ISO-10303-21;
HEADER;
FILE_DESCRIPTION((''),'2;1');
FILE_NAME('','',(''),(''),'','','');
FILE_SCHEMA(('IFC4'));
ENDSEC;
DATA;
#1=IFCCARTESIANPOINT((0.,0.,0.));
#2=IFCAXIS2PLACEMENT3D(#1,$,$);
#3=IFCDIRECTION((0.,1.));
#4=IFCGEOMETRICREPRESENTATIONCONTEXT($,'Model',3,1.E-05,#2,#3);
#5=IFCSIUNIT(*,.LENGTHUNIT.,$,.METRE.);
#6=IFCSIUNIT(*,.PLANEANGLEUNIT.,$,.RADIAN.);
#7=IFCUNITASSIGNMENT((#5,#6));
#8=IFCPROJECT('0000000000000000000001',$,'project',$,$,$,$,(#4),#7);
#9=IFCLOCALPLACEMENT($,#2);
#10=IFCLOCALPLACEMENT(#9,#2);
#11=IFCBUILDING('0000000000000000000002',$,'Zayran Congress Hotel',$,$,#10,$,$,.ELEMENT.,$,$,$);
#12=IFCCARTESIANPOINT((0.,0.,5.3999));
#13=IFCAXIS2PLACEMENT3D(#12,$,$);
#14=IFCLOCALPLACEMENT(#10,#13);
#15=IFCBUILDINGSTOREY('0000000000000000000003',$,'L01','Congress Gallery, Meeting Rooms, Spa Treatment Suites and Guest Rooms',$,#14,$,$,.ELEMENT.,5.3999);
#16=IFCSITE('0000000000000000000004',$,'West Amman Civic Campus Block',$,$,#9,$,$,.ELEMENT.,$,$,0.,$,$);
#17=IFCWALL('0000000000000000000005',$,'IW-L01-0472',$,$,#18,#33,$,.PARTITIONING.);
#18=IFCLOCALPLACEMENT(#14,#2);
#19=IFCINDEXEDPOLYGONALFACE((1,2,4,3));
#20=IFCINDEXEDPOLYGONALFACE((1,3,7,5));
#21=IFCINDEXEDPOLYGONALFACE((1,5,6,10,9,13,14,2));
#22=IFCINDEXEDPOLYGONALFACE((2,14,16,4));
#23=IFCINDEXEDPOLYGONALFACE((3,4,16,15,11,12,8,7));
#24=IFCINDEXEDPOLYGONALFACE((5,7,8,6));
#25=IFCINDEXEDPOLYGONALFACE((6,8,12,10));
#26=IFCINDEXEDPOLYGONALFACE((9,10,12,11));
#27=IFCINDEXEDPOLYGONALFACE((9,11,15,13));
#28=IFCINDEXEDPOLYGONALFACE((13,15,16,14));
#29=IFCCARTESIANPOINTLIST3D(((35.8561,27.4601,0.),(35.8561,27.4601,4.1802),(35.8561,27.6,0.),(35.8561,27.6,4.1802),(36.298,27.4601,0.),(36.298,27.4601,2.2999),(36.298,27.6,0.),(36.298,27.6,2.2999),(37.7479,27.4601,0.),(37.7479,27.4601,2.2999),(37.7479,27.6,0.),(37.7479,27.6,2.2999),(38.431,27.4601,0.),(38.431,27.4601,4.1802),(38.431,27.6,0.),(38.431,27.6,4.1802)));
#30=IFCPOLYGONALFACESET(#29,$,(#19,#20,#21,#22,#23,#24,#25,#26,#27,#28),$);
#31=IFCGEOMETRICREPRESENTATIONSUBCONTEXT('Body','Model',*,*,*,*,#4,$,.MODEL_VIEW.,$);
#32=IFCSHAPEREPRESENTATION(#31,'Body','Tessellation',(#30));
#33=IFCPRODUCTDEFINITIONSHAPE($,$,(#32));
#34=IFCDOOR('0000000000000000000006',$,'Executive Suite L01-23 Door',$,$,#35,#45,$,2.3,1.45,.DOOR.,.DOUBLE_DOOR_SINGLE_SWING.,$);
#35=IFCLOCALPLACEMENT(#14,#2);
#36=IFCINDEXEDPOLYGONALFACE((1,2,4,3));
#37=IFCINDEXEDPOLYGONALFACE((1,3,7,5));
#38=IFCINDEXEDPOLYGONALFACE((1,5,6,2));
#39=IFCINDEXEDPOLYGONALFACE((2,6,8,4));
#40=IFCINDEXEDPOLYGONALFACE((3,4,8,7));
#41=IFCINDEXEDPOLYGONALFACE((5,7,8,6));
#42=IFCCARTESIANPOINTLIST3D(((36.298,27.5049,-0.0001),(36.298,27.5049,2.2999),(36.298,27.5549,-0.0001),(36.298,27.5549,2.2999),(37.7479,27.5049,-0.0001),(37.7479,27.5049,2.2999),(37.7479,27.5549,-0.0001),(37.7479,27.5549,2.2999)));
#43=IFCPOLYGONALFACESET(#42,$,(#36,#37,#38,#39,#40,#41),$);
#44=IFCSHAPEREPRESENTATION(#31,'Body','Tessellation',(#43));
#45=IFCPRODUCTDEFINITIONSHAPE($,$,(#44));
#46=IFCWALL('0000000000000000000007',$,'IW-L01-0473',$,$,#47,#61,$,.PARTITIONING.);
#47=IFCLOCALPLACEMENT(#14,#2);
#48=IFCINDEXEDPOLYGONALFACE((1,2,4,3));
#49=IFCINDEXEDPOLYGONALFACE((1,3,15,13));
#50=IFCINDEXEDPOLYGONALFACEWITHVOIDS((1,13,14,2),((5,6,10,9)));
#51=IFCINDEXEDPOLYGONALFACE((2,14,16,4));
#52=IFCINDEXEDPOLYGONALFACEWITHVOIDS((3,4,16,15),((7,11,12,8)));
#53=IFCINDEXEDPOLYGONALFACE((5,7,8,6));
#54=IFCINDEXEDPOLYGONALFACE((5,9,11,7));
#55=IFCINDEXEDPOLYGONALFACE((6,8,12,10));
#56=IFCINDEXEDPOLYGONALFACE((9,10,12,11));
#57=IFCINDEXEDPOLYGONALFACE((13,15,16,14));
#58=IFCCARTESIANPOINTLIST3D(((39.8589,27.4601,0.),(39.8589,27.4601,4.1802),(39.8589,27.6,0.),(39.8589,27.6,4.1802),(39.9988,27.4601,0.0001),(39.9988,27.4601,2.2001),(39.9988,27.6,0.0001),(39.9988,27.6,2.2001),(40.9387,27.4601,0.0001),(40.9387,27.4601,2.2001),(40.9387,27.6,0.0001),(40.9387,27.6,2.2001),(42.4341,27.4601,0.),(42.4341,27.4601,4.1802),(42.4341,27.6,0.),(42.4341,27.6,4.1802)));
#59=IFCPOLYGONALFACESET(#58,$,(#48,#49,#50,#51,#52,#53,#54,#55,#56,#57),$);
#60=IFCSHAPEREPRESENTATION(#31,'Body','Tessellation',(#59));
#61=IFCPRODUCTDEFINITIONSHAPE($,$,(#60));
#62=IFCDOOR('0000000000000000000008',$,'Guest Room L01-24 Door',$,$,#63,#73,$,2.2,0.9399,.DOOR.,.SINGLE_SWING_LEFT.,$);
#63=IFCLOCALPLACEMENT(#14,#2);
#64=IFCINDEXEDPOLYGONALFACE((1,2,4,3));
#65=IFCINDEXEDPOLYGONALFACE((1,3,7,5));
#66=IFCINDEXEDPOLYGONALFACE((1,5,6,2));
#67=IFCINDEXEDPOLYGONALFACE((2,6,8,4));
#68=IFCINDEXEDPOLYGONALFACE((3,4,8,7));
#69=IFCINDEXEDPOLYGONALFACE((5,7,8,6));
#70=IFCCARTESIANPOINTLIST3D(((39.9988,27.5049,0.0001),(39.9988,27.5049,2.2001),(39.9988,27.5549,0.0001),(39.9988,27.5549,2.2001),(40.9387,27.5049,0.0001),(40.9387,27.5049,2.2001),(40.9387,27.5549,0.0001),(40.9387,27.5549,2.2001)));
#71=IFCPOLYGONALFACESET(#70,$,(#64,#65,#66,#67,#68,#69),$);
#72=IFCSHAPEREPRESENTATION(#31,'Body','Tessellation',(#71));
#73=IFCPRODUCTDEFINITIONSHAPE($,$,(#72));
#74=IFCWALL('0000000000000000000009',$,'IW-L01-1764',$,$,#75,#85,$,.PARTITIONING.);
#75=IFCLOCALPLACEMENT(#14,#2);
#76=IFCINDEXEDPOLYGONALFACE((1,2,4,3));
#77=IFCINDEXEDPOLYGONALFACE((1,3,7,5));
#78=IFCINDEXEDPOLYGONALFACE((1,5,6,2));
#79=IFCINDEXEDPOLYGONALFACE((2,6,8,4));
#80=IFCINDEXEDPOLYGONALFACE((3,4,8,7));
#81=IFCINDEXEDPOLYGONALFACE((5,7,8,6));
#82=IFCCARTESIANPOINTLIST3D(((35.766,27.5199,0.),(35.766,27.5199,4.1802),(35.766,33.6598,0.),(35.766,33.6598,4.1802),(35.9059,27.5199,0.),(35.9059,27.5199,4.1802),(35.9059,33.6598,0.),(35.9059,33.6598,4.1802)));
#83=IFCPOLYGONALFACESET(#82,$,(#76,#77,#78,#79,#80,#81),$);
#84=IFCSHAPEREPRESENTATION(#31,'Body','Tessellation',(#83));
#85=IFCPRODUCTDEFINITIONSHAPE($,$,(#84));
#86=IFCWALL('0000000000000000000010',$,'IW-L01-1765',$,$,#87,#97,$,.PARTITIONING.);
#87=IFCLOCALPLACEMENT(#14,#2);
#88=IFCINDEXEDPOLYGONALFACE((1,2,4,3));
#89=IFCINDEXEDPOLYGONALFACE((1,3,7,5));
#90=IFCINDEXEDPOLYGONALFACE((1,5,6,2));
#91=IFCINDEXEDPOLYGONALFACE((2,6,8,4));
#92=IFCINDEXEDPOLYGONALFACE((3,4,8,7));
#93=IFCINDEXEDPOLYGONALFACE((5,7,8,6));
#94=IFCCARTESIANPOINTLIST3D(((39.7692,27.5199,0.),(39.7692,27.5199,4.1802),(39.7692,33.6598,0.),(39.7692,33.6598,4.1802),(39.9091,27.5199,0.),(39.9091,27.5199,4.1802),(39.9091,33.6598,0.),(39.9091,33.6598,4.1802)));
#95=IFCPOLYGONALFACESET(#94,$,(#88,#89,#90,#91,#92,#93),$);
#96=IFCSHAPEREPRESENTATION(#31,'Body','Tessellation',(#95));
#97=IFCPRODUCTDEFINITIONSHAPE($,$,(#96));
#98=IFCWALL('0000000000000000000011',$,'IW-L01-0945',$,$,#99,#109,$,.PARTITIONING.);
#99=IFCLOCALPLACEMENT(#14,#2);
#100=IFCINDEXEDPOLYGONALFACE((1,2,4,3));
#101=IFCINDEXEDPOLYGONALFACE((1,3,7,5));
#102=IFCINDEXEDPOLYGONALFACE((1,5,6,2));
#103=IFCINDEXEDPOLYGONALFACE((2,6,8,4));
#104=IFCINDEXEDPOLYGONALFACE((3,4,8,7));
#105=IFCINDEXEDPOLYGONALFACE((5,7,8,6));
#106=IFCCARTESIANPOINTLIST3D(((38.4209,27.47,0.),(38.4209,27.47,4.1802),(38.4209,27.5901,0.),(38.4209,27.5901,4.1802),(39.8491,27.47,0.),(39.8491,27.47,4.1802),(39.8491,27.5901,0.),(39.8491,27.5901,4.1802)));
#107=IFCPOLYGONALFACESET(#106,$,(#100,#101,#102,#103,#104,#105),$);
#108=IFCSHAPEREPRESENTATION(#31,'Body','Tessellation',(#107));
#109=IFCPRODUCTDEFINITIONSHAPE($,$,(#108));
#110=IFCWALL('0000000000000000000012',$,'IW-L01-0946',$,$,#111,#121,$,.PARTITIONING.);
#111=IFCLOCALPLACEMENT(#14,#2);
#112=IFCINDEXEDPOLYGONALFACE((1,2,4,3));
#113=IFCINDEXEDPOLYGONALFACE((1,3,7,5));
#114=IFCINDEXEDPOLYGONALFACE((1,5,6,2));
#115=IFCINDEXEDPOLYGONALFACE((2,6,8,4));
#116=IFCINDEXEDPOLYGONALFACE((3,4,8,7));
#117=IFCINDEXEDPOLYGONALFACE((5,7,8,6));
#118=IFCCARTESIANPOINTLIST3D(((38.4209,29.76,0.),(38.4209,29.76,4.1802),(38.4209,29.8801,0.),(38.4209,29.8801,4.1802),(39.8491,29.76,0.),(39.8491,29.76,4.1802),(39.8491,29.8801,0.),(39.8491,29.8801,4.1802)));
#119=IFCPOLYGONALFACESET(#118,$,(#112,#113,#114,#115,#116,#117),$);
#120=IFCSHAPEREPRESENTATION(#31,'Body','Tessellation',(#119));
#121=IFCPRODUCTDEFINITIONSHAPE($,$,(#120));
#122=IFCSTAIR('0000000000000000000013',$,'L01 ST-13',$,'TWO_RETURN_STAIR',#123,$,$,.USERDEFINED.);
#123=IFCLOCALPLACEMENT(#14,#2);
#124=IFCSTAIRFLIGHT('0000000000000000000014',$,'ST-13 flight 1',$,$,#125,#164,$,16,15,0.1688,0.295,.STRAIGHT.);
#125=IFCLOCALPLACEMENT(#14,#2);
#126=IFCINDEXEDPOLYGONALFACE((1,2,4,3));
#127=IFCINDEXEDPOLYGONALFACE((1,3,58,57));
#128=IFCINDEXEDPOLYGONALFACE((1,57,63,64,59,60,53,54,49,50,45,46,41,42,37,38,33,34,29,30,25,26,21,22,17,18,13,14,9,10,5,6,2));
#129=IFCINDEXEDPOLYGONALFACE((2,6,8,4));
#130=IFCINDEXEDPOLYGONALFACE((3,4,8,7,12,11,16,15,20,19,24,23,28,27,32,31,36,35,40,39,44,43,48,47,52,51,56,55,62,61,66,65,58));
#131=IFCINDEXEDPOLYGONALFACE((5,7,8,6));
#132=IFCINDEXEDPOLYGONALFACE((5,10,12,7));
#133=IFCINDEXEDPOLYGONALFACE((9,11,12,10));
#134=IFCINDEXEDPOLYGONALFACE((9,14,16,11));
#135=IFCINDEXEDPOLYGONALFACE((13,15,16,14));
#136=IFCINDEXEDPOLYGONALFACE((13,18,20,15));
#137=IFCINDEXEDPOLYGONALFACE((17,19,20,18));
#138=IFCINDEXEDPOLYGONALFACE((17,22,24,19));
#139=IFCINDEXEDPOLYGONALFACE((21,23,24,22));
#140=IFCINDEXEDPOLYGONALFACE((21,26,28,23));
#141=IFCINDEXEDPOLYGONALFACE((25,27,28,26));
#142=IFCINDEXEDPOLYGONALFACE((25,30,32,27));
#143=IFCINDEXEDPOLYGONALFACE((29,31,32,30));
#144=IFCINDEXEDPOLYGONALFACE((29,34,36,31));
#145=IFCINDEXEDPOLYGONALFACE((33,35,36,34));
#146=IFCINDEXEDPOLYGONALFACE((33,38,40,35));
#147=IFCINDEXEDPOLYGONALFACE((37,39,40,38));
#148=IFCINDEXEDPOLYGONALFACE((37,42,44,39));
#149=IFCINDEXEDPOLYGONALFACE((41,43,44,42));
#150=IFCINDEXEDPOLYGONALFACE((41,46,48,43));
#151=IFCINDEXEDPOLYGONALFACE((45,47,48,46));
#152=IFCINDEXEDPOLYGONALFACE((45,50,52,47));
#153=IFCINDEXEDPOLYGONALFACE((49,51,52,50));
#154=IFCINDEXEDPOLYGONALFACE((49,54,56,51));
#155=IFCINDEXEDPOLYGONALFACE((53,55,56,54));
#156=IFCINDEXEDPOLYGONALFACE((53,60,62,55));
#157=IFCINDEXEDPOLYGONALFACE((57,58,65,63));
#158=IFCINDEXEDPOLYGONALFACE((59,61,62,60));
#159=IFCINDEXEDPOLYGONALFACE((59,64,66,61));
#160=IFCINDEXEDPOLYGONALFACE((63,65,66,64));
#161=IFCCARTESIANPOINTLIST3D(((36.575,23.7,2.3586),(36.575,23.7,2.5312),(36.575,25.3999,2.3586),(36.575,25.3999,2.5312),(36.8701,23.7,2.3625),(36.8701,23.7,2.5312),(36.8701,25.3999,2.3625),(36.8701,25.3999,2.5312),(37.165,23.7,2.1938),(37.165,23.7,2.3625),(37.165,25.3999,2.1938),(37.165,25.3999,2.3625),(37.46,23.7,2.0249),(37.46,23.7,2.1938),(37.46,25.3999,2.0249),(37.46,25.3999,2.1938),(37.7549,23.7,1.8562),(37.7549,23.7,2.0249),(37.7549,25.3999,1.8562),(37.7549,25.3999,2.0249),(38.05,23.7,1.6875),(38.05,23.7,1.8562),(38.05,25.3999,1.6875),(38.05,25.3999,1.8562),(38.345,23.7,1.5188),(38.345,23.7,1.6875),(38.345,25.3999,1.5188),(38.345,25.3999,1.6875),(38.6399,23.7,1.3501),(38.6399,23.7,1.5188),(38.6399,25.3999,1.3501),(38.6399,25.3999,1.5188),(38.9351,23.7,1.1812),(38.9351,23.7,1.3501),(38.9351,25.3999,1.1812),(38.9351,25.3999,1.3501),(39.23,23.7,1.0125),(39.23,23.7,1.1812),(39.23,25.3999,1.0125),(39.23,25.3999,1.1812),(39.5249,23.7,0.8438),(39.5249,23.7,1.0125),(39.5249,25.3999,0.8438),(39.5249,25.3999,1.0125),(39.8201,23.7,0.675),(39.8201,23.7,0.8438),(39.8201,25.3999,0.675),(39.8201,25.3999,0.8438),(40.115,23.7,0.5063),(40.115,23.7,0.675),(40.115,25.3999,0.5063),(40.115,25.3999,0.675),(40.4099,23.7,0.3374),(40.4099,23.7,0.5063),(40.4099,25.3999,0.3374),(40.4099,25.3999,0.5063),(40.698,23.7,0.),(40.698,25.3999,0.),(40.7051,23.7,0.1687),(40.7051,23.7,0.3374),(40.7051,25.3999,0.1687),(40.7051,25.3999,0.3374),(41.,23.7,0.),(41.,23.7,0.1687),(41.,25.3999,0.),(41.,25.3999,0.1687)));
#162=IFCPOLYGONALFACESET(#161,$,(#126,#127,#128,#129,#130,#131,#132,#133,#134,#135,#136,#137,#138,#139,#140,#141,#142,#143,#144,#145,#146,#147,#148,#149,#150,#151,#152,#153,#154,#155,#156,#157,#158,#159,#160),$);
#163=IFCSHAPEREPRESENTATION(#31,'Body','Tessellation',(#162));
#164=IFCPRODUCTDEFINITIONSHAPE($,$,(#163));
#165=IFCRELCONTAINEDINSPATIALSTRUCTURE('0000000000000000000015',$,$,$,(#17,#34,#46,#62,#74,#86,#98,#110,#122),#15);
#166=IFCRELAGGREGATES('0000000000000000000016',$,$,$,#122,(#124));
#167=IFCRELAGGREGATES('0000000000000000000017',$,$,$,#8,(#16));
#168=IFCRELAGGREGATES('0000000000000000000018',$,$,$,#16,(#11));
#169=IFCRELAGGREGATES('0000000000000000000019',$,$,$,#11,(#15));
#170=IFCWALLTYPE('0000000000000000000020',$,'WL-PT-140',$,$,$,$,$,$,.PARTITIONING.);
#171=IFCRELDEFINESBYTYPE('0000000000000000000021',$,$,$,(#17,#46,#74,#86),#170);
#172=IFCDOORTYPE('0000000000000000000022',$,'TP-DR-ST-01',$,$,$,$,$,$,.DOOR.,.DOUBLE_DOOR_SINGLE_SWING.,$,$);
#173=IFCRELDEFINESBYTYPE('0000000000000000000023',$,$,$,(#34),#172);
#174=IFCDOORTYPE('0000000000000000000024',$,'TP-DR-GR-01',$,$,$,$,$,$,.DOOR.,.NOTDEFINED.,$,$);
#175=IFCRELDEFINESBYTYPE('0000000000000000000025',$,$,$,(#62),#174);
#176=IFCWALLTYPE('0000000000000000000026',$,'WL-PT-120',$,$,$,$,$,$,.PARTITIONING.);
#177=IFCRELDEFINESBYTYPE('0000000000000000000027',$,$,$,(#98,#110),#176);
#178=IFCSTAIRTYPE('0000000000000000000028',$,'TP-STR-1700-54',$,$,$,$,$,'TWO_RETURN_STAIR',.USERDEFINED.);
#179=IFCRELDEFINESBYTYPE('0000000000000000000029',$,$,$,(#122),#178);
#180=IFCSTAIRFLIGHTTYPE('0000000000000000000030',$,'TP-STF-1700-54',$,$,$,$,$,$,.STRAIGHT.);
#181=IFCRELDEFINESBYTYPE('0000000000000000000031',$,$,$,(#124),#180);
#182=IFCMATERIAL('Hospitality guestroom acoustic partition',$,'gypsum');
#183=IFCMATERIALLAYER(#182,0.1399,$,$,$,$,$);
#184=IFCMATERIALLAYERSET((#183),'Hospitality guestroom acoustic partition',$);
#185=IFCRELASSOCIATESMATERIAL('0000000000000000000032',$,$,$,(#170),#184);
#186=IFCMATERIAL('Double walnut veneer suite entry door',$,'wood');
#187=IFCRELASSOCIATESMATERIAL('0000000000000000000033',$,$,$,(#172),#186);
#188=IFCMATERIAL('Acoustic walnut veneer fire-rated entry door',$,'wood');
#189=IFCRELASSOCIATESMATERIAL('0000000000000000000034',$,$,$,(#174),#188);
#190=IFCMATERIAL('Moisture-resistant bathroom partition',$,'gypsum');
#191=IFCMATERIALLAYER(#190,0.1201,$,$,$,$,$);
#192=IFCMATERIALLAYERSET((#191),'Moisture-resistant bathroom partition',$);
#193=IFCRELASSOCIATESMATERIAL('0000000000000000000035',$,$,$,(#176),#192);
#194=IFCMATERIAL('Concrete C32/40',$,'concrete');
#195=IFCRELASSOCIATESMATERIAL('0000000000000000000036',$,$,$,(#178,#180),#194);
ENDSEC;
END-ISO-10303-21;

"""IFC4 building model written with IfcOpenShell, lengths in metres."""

from ifc_helpers import new_model, si_unit, direction, frame, frame_2d, origin, place, context, subcontext, project, spatial, polyline, rectangle, outline, extrude, material, layer, layer_set, type_object, element, fill, aggregate, save


model = new_model("IFC4")

# Units and contexts
model_context = context("Model", 3, precision=1e-05, world=origin(), true_north=direction((0.0, 1.0)))
body_context = subcontext(model_context, "Body", "Model", "MODEL_VIEW")
ifc_project = project(units=[si_unit("LENGTHUNIT", "METRE"), si_unit("PLANEANGLEUNIT", "RADIAN")], contexts=[model_context])

# Site, building, storey
site_placement = place(None, origin())
site = spatial("IfcSite", under=ifc_project, at=site_placement, Name="West Amman Civic Campus Block", CompositionType="ELEMENT", RefElevation=0.0)
building_placement = place(site_placement, origin())
building = spatial("IfcBuilding", under=site, at=building_placement, Name="Zayran Congress Hotel", CompositionType="ELEMENT")
storey_placement = place(building_placement, frame((0.0, 0.0, 5.3999)))
storey = spatial("IfcBuildingStorey", under=building, at=storey_placement, Name="L01", Description="Congress Gallery, Meeting Rooms, Spa Treatment Suites and Guest Rooms", CompositionType="ELEMENT", Elevation=5.3999)

# Walls, openings, doors
ifc_material_1 = material(Name="Hospitality guestroom acoustic partition", Category="gypsum")
ifc_layer_1 = layer(ifc_material_1, 0.1399)
ifc_layer_set_1 = layer_set([ifc_layer_1], Name="Hospitality guestroom acoustic partition")
wall_type_1 = type_object("IfcWallType", Name="WL-PT-140", PredefinedType="PARTITIONING", material=ifc_layer_set_1)
wall_1_placement = place(storey_placement, frame((35.856, 27.53, 0.0), z_axis=(0.0, 0.0, 1.0), x_axis=(1.0, 0.0, 0.0)))
wall_1 = element("IfcWall", 1, at=wall_1_placement, inside=storey, type_object=wall_type_1, Name="IW-L01-0472", PredefinedType="PARTITIONING", context=body_context, shape_type="SweptSolid", body=[
    extrude(rectangle(XDim=2.575, YDim=0.1399, at=frame_2d((1.2876, 0.0))), origin(), (0.0, 0.0, 1.0), 4.1802),
])
opening_1_placement = place(wall_1_placement, frame((0.4419, 0.0, 0.0)))
opening_1 = element("IfcOpeningElement", 2, at=opening_1_placement, cuts=wall_1, PredefinedType="OPENING", context=body_context, shape_type="SweptSolid", body=[
    extrude(rectangle(XDim=1.45, YDim=2.3, at=frame_2d((0.7251, 1.1499))), frame((0.0, 0.0798, 0.0), z_axis=(0.0, -1.0, 0.0), x_axis=(1.0, 0.0, 0.0)), (0.0, 0.0, 1.0), 0.1599),
])
ifc_material_2 = material(Name="Double walnut veneer suite entry door", Category="wood")
door_type_1 = type_object("IfcDoorType", Name="TP-DR-ST-01", OperationType="DOUBLE_DOOR_SINGLE_SWING", PredefinedType="DOOR", material=ifc_material_2)
door_1_placement = place(opening_1_placement, origin())
door_1 = element("IfcDoor", 3, at=door_1_placement, inside=storey, type_object=door_type_1, Name="Executive Suite L01-23 Door", OperationType="DOUBLE_DOOR_SINGLE_SWING", OverallHeight=2.3, OverallWidth=1.45, PredefinedType="DOOR", context=body_context, shape_type="SweptSolid", body=[
    extrude(rectangle(XDim=1.45, YDim=2.3, at=frame_2d((0.7251, 1.1499))), frame((0.0, 0.0249, 0.0), z_axis=(0.0, -1.0, 0.0), x_axis=(1.0, 0.0, 0.0)), (0.0, 0.0, 1.0), 0.05),
])
fill(opening_1, door_1)
wall_2_placement = place(storey_placement, frame((39.8589, 27.53, 0.0), z_axis=(0.0, 0.0, 1.0), x_axis=(1.0, 0.0, 0.0)))
wall_2 = element("IfcWall", 4, at=wall_2_placement, inside=storey, type_object=wall_type_1, Name="IW-L01-0473", PredefinedType="PARTITIONING", context=body_context, shape_type="SweptSolid", body=[
    extrude(rectangle(XDim=2.5752, YDim=0.1399, at=frame_2d((1.2876, 0.0))), origin(), (0.0, 0.0, 1.0), 4.1802),
])
opening_2_placement = place(wall_2_placement, frame((0.1399, 0.0, 0.0)))
opening_2 = element("IfcOpeningElement", 5, at=opening_2_placement, cuts=wall_2, PredefinedType="OPENING", context=body_context, shape_type="SweptSolid", body=[
    extrude(rectangle(XDim=0.9399, YDim=2.2, at=frame_2d((0.47, 1.1001))), frame((0.0, 0.0798, 0.0), z_axis=(0.0, -1.0, 0.0), x_axis=(1.0, 0.0, 0.0)), (0.0, 0.0, 1.0), 0.1599),
])
ifc_material_3 = material(Name="Acoustic walnut veneer fire-rated entry door", Category="wood")
door_type_2 = type_object("IfcDoorType", Name="TP-DR-GR-01", OperationType="NOTDEFINED", PredefinedType="DOOR", material=ifc_material_3)
door_2_placement = place(opening_2_placement, origin())
door_2 = element("IfcDoor", 6, at=door_2_placement, inside=storey, type_object=door_type_2, Name="Guest Room L01-24 Door", OperationType="SINGLE_SWING_LEFT", OverallHeight=2.2, OverallWidth=0.9399, PredefinedType="DOOR", context=body_context, shape_type="SweptSolid", body=[
    extrude(rectangle(XDim=0.9399, YDim=2.2, at=frame_2d((0.47, 1.1001))), frame((0.0, 0.0249, 0.0), z_axis=(0.0, -1.0, 0.0), x_axis=(1.0, 0.0, 0.0)), (0.0, 0.0, 1.0), 0.05),
])
fill(opening_2, door_2)

# Walls
for number, where, z_axis, x_axis, name in (
    (7, (35.8359, 27.52, 0.0), (0.0, 0.0, 1.0), (0.0, 1.0, 0.0), "IW-L01-1764"),
    (8, (39.8391, 27.52, 0.0), (0.0, 0.0, 1.0), (0.0, 1.0, 0.0), "IW-L01-1765"),
):
    element("IfcWall", number, at=place(storey_placement, frame(where, z_axis=z_axis, x_axis=x_axis)), inside=storey, type_object=wall_type_1, Name=name, PredefinedType="PARTITIONING", context=body_context, shape_type="SweptSolid", body=[
        extrude(rectangle(XDim=6.1399, YDim=0.1399, at=frame_2d((3.0698, 0.0))), origin(), (0.0, 0.0, 1.0), 4.1802),
    ])

# Shared definitions
ifc_material_4 = material(Name="Moisture-resistant bathroom partition", Category="gypsum")
ifc_layer_2 = layer(ifc_material_4, 0.1201)
ifc_layer_set_2 = layer_set([ifc_layer_2], Name="Moisture-resistant bathroom partition")
wall_type_2 = type_object("IfcWallType", Name="WL-PT-120", PredefinedType="PARTITIONING", material=ifc_layer_set_2)

# Walls
for number, where, z_axis, x_axis, name in (
    (9, (38.4209, 27.53, 0.0), (0.0, 0.0, 1.0), (1.0, 0.0, 0.0), "IW-L01-0945"),
    (10, (38.4209, 29.8201, 0.0), (0.0, 0.0, 1.0), (1.0, 0.0, 0.0), "IW-L01-0946"),
):
    element("IfcWall", number, at=place(storey_placement, frame(where, z_axis=z_axis, x_axis=x_axis)), inside=storey, type_object=wall_type_2, Name=name, PredefinedType="PARTITIONING", context=body_context, shape_type="SweptSolid", body=[
        extrude(rectangle(XDim=1.4282, YDim=0.1201, at=frame_2d((0.7141, 0.0))), origin(), (0.0, 0.0, 1.0), 4.1802),
    ])

# Stair, stair flight
ifc_material_5 = material(Name="Concrete C32/40", Category="concrete")
stair_type = type_object("IfcStairType", Name="TP-STR-1700-54", ElementType="TWO_RETURN_STAIR", PredefinedType="USERDEFINED", material=ifc_material_5)
stair_placement = place(storey_placement, origin())
stair = element("IfcStair", 11, at=stair_placement, inside=storey, type_object=stair_type, Name="L01 ST-13", ObjectType="TWO_RETURN_STAIR", PredefinedType="USERDEFINED")
stair_flight_type = type_object("IfcStairFlightType", Name="TP-STF-1700-54", PredefinedType="STRAIGHT", material=ifc_material_5)
stair_flight_1_placement = place(storey_placement, frame((41.0, 24.55, 0.0), z_axis=(0.0, 0.0, 1.0), x_axis=(-1.0, 0.0, 0.0)))
stair_flight_1 = element("IfcStairFlight", 12, at=stair_flight_1_placement, type_object=stair_flight_type, Name="ST-13 flight 1", NumberOfRisers=16, NumberOfTreads=15, PredefinedType="STRAIGHT", RiserHeight=0.1688, TreadLength=0.295, context=body_context, shape_type="SweptSolid", body=[
    extrude(outline(polyline([(0.0, 0.0), (0.0, 0.1687), (0.2949, 0.1687), (0.2949, 0.3374), (0.5901, 0.3374), (0.5901, 0.5063), (0.885, 0.5063), (0.885, 0.675), (1.1799, 0.675), (1.1799, 0.8438), (1.4751, 0.8438), (1.4751, 1.0125), (1.77, 1.0125), (1.77, 1.1812), (2.0649, 1.1812), (2.0649, 1.3501), (2.3601, 1.3501), (2.3601, 1.5188), (2.655, 1.5188), (2.655, 1.6875), (2.95, 1.6875), (2.95, 1.8562), (3.2451, 1.8562), (3.2451, 2.0249), (3.54, 2.0249), (3.54, 2.1938), (3.835, 2.1938), (3.835, 2.3625), (4.1299, 2.3625), (4.1299, 2.5312), (4.425, 2.5312), (4.425, 2.7), (4.425, 2.3586), (0.302, 0.0), (0.0, 0.0)])), frame((0.0, 0.8501, 0.0), z_axis=(0.0, -1.0, 0.0), x_axis=(1.0, 0.0, 0.0)), (0.0, 0.0, 1.0), 1.7),
])
aggregate(stair, [stair_flight_1])

save(model, "model.ifc")
